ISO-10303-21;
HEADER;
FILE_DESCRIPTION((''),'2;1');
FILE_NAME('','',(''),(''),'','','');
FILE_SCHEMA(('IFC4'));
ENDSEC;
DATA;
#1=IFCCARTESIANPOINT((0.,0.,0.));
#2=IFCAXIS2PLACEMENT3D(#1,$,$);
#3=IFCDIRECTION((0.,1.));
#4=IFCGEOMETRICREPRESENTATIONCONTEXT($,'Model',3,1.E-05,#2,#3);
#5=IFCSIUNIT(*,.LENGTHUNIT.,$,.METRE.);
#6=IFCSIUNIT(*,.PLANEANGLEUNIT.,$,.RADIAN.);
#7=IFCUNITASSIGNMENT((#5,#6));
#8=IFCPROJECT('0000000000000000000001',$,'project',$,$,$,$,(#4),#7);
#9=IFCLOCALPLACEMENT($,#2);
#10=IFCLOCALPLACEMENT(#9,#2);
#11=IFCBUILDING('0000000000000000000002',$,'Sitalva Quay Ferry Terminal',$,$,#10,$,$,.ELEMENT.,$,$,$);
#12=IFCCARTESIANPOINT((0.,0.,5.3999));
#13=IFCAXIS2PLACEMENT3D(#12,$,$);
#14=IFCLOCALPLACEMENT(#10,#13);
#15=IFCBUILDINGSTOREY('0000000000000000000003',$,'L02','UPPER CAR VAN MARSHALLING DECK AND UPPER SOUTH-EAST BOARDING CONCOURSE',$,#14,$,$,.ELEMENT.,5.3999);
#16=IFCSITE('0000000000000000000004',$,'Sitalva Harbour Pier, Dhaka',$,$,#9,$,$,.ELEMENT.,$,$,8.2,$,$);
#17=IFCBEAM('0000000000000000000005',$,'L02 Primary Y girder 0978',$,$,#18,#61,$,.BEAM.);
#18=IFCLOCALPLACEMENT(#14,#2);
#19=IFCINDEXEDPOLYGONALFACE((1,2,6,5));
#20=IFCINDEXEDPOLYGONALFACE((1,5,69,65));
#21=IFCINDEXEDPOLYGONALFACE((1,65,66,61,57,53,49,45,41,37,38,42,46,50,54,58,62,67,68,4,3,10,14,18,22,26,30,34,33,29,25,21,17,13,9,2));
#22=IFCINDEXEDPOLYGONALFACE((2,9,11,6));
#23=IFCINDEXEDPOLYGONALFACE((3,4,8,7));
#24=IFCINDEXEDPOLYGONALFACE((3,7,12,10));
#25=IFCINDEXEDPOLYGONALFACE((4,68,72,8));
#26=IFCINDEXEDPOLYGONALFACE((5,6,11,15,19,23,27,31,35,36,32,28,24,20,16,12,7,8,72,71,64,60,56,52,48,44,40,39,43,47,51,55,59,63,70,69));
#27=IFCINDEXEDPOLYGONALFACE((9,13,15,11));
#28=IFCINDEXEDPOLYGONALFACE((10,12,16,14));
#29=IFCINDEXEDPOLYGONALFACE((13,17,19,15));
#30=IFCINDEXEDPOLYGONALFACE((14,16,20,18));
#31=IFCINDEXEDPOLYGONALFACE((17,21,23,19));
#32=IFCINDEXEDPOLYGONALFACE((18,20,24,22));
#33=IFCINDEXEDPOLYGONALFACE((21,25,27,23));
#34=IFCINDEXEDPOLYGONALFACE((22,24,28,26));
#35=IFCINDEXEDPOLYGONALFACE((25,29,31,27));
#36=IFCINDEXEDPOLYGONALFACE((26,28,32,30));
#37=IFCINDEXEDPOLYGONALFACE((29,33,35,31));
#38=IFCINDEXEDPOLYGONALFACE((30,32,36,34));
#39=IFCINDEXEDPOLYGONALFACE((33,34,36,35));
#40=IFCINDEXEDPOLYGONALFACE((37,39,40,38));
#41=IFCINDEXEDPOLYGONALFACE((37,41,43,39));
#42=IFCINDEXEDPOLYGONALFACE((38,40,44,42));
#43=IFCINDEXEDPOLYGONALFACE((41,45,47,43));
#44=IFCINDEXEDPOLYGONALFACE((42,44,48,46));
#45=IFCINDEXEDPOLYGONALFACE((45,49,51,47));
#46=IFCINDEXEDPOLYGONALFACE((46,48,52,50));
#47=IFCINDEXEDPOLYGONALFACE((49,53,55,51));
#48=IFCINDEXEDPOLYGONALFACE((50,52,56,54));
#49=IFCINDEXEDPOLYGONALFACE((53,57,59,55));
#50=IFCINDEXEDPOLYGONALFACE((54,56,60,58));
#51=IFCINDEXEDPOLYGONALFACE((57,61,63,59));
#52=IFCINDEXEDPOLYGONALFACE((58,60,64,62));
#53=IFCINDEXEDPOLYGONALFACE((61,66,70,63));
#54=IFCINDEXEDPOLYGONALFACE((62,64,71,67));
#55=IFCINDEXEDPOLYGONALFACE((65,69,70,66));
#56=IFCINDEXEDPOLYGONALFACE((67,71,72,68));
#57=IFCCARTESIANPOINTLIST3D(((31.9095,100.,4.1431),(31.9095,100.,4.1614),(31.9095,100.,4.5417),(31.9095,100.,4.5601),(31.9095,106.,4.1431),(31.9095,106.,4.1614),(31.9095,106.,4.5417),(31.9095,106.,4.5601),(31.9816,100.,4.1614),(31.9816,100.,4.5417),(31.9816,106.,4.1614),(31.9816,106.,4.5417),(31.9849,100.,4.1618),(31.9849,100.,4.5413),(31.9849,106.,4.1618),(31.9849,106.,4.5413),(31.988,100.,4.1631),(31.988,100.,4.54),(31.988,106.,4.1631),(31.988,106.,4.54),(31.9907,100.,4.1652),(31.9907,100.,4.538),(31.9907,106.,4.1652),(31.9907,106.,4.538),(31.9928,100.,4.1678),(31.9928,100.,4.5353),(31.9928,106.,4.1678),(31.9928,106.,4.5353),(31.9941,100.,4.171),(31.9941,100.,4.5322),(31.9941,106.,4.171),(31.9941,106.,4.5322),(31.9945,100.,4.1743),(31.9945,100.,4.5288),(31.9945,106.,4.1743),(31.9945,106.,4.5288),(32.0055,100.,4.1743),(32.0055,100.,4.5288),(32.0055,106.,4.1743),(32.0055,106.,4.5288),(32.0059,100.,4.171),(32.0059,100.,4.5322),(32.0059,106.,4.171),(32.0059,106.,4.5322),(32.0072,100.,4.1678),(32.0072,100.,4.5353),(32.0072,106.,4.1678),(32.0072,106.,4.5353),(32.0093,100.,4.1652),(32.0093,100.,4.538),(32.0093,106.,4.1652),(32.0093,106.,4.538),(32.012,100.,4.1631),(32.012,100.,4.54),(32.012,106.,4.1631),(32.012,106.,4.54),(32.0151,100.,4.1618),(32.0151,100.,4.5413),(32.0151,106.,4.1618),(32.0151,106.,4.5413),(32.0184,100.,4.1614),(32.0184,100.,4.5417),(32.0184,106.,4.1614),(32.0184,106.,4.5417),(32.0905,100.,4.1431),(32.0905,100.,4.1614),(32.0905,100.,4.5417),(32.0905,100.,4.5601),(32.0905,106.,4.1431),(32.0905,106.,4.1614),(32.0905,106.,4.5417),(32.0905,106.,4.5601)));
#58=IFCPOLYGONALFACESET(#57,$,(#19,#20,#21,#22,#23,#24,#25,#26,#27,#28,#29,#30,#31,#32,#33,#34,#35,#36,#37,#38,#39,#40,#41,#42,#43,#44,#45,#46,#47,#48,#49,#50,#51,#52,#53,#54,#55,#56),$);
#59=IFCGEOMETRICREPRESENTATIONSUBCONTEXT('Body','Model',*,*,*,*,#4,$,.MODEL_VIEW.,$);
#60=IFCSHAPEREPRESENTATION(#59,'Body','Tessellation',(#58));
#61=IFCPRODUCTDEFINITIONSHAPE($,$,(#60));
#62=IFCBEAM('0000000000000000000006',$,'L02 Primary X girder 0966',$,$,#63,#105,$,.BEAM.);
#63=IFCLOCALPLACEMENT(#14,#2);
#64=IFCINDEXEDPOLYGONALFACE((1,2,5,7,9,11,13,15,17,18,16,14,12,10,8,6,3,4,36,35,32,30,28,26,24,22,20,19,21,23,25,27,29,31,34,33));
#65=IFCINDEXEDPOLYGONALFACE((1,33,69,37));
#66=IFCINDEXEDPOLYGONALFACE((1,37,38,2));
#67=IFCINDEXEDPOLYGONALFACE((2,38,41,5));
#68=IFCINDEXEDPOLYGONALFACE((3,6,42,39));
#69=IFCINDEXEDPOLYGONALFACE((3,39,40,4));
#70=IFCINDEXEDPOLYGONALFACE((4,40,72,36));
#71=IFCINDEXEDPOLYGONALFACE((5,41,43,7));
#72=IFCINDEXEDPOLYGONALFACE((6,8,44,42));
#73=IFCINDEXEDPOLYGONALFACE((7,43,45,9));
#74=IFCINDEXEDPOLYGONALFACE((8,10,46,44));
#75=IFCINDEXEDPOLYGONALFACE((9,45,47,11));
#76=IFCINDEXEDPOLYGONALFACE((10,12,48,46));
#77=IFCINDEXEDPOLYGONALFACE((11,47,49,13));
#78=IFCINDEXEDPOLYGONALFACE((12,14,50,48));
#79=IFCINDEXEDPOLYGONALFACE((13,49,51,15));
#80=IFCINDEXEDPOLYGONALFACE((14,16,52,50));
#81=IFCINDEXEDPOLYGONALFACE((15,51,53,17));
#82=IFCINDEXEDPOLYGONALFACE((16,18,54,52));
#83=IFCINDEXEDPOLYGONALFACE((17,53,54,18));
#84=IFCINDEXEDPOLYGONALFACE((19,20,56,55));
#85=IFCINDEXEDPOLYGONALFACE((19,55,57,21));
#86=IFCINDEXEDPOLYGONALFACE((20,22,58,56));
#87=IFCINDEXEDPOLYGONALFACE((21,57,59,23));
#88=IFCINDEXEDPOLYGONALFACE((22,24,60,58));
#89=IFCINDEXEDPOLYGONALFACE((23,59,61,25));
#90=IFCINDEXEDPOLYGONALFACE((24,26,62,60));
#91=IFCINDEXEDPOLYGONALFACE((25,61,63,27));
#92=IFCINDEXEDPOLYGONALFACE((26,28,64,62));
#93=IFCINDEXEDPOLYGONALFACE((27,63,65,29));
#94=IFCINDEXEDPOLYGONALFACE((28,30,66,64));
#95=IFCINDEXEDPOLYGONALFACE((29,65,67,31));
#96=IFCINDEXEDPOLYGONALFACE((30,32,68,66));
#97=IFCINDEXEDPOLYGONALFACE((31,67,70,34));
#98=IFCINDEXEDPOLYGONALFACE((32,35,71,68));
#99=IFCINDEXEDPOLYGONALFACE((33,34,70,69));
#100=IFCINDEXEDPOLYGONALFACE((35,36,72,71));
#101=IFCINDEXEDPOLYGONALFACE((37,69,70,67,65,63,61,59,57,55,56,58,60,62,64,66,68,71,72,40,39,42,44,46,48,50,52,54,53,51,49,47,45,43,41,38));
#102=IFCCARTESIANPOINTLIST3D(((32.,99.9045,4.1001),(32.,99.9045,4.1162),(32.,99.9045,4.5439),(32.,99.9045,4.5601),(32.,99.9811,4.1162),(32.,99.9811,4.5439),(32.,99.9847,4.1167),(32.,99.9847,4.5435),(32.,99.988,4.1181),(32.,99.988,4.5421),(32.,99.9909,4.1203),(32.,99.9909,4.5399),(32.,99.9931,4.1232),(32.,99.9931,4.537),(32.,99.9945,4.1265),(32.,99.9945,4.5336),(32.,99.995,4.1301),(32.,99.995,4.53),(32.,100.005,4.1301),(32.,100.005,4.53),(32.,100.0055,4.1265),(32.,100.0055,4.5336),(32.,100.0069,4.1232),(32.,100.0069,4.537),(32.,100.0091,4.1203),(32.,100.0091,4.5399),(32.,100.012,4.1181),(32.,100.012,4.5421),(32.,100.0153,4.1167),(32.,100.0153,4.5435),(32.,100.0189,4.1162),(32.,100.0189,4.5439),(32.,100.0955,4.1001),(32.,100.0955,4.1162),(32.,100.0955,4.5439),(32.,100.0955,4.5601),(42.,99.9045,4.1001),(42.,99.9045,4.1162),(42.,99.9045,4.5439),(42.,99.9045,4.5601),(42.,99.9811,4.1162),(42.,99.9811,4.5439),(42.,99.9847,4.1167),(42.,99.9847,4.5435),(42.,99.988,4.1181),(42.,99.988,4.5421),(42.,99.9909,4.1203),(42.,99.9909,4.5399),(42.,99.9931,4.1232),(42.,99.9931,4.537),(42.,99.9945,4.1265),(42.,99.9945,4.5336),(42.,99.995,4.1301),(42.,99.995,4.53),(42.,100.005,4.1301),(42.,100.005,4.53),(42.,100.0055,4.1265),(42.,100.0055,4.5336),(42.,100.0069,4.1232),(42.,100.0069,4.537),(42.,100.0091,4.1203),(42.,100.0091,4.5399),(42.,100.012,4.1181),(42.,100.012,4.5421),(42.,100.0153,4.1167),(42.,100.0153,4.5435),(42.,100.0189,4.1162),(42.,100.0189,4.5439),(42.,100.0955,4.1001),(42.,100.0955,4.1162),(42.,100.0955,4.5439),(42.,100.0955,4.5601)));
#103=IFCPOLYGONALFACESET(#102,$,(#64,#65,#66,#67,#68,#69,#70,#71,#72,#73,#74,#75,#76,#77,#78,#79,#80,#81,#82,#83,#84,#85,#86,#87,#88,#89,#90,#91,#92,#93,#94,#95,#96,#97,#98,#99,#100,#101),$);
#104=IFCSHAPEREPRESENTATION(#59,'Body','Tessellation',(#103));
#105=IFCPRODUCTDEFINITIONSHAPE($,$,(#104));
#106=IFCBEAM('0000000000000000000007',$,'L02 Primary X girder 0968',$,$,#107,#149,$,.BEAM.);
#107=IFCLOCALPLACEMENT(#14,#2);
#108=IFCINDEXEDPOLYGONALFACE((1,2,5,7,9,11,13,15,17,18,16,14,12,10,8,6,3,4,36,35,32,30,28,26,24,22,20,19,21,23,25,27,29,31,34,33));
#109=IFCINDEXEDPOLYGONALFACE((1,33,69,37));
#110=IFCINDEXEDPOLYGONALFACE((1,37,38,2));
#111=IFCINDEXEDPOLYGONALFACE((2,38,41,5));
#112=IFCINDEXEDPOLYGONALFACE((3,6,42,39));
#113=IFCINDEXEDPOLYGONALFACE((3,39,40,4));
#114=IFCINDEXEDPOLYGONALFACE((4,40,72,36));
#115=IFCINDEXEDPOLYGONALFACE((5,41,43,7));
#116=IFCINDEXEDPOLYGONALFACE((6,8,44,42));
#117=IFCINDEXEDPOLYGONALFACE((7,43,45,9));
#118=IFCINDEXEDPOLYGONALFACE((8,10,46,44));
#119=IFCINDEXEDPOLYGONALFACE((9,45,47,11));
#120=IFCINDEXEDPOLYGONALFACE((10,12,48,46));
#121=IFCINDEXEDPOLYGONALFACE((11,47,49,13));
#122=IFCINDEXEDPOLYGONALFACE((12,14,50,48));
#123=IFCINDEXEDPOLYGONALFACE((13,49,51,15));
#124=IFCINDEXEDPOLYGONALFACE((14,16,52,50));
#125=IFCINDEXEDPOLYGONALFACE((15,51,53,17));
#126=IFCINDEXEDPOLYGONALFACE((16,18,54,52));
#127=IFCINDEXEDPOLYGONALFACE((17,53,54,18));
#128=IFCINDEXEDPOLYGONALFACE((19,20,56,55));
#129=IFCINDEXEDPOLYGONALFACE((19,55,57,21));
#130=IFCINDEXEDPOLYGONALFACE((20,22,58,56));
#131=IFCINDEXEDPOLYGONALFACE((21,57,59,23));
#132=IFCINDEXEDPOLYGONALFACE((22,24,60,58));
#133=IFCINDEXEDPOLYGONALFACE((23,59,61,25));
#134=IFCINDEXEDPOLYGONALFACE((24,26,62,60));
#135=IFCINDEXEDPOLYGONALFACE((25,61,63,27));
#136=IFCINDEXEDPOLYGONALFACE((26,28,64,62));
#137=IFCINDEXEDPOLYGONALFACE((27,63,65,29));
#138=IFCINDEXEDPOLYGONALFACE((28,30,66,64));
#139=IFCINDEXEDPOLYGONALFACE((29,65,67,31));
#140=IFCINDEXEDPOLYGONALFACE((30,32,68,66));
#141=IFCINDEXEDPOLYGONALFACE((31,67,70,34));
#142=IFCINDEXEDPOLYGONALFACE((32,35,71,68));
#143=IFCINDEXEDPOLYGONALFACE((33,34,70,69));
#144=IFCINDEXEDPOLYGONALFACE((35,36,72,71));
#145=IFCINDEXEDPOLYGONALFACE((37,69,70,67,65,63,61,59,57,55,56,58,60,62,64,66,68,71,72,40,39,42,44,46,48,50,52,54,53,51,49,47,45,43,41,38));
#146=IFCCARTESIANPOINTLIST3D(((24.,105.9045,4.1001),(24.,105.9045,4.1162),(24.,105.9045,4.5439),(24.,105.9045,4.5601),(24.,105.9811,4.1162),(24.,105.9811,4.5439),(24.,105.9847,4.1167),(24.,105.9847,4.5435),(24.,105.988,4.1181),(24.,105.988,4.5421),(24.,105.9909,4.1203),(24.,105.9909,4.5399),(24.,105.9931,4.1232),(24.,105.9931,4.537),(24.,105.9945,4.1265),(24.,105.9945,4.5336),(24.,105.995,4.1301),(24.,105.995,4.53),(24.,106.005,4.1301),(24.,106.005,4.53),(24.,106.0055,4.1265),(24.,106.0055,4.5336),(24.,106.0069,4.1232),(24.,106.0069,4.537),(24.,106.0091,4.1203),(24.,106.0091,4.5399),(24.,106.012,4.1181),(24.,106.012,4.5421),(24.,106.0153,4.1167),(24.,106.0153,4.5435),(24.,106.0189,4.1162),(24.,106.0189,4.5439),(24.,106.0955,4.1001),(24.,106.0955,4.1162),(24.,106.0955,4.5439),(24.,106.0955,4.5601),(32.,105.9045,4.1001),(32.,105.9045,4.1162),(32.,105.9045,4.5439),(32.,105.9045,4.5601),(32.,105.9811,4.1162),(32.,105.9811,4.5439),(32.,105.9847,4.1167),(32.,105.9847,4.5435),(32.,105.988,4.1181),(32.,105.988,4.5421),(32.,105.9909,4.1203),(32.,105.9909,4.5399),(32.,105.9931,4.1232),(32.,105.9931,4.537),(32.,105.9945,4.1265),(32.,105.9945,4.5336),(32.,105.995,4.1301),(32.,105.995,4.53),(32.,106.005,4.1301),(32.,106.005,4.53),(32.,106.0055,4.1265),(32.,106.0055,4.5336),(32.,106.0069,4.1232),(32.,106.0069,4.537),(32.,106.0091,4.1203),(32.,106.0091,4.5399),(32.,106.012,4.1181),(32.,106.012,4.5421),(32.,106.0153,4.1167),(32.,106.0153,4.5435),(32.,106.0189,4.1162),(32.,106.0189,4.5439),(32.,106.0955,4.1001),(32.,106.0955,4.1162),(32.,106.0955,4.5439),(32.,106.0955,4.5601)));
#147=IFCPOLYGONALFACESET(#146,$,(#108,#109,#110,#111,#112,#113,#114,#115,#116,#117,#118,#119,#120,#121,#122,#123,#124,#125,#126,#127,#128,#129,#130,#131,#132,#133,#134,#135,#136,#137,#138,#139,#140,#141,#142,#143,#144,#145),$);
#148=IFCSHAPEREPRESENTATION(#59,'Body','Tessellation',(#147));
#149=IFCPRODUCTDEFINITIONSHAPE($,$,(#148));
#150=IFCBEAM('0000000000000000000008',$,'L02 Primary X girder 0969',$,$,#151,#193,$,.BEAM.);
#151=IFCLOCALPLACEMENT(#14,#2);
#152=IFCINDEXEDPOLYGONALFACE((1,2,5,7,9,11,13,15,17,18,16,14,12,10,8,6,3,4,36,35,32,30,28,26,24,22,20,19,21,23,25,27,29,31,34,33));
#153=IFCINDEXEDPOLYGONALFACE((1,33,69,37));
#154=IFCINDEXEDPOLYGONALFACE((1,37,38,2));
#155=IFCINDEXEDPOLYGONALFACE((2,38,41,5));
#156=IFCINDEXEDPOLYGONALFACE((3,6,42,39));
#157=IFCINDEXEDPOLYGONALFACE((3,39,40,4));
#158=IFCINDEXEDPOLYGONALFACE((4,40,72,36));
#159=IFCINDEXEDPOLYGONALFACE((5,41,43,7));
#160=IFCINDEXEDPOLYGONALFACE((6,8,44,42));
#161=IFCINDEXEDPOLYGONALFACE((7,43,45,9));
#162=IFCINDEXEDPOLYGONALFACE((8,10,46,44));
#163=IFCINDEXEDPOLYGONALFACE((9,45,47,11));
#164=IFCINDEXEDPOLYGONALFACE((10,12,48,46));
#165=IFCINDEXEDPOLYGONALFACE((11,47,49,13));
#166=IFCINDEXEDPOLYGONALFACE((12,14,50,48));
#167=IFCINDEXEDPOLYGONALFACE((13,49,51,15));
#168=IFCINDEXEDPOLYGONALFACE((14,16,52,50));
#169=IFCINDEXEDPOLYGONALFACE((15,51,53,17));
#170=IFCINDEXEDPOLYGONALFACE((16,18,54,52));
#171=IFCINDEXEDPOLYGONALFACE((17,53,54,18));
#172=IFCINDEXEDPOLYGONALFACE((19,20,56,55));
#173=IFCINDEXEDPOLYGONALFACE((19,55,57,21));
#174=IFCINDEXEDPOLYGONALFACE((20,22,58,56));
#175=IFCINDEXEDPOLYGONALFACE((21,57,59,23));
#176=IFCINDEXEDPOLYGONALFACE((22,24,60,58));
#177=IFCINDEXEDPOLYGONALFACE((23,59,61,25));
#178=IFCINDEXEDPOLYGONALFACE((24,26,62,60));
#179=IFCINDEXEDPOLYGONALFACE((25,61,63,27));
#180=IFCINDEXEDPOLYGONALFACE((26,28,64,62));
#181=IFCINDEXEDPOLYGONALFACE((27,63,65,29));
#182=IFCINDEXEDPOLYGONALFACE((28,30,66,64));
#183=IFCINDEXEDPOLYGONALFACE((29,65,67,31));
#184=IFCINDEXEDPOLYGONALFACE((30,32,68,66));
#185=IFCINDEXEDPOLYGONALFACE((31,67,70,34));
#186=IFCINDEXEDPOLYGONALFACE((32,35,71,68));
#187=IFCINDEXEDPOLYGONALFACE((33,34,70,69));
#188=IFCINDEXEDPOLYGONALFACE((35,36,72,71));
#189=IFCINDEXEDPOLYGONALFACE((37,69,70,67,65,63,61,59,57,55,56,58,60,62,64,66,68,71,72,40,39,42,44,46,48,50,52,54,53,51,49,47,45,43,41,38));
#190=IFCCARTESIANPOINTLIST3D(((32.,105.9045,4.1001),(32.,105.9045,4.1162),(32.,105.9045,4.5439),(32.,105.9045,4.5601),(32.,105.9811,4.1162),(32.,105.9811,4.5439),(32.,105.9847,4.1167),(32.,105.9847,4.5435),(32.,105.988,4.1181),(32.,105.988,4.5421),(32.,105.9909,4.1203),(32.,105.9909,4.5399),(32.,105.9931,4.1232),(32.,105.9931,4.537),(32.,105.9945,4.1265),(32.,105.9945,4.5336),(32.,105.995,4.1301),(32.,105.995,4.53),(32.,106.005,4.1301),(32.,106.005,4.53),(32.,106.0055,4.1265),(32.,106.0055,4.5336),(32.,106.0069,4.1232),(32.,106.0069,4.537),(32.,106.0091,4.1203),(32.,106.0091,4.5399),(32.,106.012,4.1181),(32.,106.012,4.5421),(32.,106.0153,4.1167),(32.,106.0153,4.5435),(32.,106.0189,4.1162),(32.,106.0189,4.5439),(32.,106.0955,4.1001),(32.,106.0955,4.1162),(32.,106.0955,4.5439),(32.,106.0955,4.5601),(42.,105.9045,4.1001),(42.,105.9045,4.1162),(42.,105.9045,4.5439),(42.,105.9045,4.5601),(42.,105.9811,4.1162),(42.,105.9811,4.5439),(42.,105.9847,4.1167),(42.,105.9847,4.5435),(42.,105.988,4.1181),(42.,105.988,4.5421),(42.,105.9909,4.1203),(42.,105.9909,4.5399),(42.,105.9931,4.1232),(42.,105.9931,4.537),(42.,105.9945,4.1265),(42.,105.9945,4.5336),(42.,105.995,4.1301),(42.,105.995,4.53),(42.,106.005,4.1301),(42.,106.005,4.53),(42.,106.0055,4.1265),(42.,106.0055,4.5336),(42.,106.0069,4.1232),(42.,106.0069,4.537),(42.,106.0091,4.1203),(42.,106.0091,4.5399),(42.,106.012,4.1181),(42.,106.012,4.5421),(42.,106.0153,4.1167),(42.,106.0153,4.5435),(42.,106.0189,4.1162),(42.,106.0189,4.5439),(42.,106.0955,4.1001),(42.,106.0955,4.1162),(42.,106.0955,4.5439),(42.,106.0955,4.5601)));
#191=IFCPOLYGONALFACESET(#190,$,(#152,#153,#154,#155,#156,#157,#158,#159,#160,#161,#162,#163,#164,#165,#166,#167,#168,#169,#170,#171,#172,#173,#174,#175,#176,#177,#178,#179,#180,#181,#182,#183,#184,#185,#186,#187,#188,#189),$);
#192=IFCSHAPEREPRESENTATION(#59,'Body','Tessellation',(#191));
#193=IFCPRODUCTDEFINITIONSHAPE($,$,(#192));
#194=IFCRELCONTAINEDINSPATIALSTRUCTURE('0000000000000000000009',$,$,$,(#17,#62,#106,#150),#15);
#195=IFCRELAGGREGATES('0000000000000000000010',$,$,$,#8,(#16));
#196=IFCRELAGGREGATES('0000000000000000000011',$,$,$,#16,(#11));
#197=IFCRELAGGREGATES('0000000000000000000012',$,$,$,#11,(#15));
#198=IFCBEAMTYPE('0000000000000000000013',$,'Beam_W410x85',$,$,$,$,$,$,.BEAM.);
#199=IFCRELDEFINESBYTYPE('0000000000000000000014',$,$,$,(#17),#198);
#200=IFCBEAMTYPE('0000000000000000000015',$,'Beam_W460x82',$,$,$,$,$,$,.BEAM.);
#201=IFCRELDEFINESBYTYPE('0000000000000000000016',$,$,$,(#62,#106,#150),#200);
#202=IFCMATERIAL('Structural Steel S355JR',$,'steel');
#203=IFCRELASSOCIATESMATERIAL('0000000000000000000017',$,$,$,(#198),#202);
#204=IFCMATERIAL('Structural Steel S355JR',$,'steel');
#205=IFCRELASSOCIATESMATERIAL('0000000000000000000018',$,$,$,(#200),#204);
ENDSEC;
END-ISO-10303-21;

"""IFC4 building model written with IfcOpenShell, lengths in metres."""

from ifc_helpers import new_model, si_unit, direction, frame, origin, origin_2d, place, context, subcontext, project, spatial, i_section, extrude, material, material_profile, profile_set, type_object, element, save


model = new_model("IFC4")

# Units and contexts
model_context = context("Model", 3, precision=1e-05, world=origin(), true_north=direction((0.0, 1.0)))
body_context = subcontext(model_context, "Body", "Model", "MODEL_VIEW")
ifc_project = project(units=[si_unit("LENGTHUNIT", "METRE"), si_unit("PLANEANGLEUNIT", "RADIAN")], contexts=[model_context])

# Site, building, storey
site_placement = place(None, origin())
site = spatial("IfcSite", under=ifc_project, at=site_placement, Name="Sitalva Harbour Pier, Dhaka", CompositionType="ELEMENT", RefElevation=8.2)
building_placement = place(site_placement, origin())
building = spatial("IfcBuilding", under=site, at=building_placement, Name="Sitalva Quay Ferry Terminal", CompositionType="ELEMENT")
storey_placement = place(building_placement, frame((0.0, 0.0, 5.3999)))
storey = spatial("IfcBuildingStorey", under=building, at=storey_placement, Name="L02", Description="UPPER CAR VAN MARSHALLING DECK AND UPPER SOUTH-EAST BOARDING CONCOURSE", CompositionType="ELEMENT", Elevation=5.3999)

# Beams
ifc_material_1 = material(Name="Structural Steel S355JR", Category="steel")
ifc_material_profile_1 = material_profile(ifc_material_1, i_section(OverallWidth=0.1809, OverallDepth=0.417, WebThickness=0.011, FlangeThickness=0.0183, FilletRadius=0.0129, at=origin_2d()), Name="W410x85")
ifc_profile_set_1 = profile_set([ifc_material_profile_1], Name="Structural Steel S355JR")
beam_type_1 = type_object("IfcBeamType", Name="Beam_W410x85", PredefinedType="BEAM", material=ifc_profile_set_1)
for number, where, z_axis, x_axis, name in (
    (1, (32.0, 100.0, 4.3516), (0.0, 1.0, 0.0), (-1.0, 0.0, 0.0), "L02 Primary Y girder 0978"),
):
    element("IfcBeam", number, at=place(storey_placement, frame(where, z_axis=z_axis, x_axis=x_axis)), inside=storey, type_object=beam_type_1, Name=name, PredefinedType="BEAM", context=body_context, shape_type="SweptSolid", body=[
        extrude(i_section(OverallWidth=0.1809, OverallDepth=0.417, WebThickness=0.011, FlangeThickness=0.0183, FilletRadius=0.0129, at=origin_2d()), origin(), (0.0, 0.0, 1.0), 6.0),
    ])
ifc_material_2 = material(Name="Structural Steel S355JR", Category="steel")
ifc_material_profile_2 = material_profile(ifc_material_2, i_section(OverallWidth=0.1909, OverallDepth=0.46, WebThickness=0.01, FlangeThickness=0.0161, FilletRadius=0.0139, at=origin_2d()), Name="W460x82")
ifc_profile_set_2 = profile_set([ifc_material_profile_2], Name="Structural Steel S355JR")
beam_type_2 = type_object("IfcBeamType", Name="Beam_W460x82", PredefinedType="BEAM", material=ifc_profile_set_2)
beam_1_placement = place(storey_placement, frame((32.0, 100.0, 4.3301), z_axis=(1.0, 0.0, 0.0), x_axis=(0.0, 1.0, 0.0)))
element("IfcBeam", 2, at=beam_1_placement, inside=storey, type_object=beam_type_2, Name="L02 Primary X girder 0966", PredefinedType="BEAM", context=body_context, shape_type="SweptSolid", body=[
    extrude(i_section(OverallWidth=0.1909, OverallDepth=0.46, WebThickness=0.01, FlangeThickness=0.0161, FilletRadius=0.0139, at=origin_2d()), origin(), (0.0, 0.0, 1.0), 10.0),
])
beam_2_placement = place(storey_placement, frame((24.0, 106.0, 4.3301), z_axis=(1.0, 0.0, 0.0), x_axis=(0.0, 1.0, 0.0)))
element("IfcBeam", 3, at=beam_2_placement, inside=storey, type_object=beam_type_2, Name="L02 Primary X girder 0968", PredefinedType="BEAM", context=body_context, shape_type="SweptSolid", body=[
    extrude(i_section(OverallWidth=0.1909, OverallDepth=0.46, WebThickness=0.01, FlangeThickness=0.0161, FilletRadius=0.0139, at=origin_2d()), origin(), (0.0, 0.0, 1.0), 8.0),
])
beam_3_placement = place(storey_placement, frame((32.0, 106.0, 4.3301), z_axis=(1.0, 0.0, 0.0), x_axis=(0.0, 1.0, 0.0)))
element("IfcBeam", 4, at=beam_3_placement, inside=storey, type_object=beam_type_2, Name="L02 Primary X girder 0969", PredefinedType="BEAM", context=body_context, shape_type="SweptSolid", body=[
    extrude(i_section(OverallWidth=0.1909, OverallDepth=0.46, WebThickness=0.01, FlangeThickness=0.0161, FilletRadius=0.0139, at=origin_2d()), origin(), (0.0, 0.0, 1.0), 10.0),
])

save(model, "model.ifc")
